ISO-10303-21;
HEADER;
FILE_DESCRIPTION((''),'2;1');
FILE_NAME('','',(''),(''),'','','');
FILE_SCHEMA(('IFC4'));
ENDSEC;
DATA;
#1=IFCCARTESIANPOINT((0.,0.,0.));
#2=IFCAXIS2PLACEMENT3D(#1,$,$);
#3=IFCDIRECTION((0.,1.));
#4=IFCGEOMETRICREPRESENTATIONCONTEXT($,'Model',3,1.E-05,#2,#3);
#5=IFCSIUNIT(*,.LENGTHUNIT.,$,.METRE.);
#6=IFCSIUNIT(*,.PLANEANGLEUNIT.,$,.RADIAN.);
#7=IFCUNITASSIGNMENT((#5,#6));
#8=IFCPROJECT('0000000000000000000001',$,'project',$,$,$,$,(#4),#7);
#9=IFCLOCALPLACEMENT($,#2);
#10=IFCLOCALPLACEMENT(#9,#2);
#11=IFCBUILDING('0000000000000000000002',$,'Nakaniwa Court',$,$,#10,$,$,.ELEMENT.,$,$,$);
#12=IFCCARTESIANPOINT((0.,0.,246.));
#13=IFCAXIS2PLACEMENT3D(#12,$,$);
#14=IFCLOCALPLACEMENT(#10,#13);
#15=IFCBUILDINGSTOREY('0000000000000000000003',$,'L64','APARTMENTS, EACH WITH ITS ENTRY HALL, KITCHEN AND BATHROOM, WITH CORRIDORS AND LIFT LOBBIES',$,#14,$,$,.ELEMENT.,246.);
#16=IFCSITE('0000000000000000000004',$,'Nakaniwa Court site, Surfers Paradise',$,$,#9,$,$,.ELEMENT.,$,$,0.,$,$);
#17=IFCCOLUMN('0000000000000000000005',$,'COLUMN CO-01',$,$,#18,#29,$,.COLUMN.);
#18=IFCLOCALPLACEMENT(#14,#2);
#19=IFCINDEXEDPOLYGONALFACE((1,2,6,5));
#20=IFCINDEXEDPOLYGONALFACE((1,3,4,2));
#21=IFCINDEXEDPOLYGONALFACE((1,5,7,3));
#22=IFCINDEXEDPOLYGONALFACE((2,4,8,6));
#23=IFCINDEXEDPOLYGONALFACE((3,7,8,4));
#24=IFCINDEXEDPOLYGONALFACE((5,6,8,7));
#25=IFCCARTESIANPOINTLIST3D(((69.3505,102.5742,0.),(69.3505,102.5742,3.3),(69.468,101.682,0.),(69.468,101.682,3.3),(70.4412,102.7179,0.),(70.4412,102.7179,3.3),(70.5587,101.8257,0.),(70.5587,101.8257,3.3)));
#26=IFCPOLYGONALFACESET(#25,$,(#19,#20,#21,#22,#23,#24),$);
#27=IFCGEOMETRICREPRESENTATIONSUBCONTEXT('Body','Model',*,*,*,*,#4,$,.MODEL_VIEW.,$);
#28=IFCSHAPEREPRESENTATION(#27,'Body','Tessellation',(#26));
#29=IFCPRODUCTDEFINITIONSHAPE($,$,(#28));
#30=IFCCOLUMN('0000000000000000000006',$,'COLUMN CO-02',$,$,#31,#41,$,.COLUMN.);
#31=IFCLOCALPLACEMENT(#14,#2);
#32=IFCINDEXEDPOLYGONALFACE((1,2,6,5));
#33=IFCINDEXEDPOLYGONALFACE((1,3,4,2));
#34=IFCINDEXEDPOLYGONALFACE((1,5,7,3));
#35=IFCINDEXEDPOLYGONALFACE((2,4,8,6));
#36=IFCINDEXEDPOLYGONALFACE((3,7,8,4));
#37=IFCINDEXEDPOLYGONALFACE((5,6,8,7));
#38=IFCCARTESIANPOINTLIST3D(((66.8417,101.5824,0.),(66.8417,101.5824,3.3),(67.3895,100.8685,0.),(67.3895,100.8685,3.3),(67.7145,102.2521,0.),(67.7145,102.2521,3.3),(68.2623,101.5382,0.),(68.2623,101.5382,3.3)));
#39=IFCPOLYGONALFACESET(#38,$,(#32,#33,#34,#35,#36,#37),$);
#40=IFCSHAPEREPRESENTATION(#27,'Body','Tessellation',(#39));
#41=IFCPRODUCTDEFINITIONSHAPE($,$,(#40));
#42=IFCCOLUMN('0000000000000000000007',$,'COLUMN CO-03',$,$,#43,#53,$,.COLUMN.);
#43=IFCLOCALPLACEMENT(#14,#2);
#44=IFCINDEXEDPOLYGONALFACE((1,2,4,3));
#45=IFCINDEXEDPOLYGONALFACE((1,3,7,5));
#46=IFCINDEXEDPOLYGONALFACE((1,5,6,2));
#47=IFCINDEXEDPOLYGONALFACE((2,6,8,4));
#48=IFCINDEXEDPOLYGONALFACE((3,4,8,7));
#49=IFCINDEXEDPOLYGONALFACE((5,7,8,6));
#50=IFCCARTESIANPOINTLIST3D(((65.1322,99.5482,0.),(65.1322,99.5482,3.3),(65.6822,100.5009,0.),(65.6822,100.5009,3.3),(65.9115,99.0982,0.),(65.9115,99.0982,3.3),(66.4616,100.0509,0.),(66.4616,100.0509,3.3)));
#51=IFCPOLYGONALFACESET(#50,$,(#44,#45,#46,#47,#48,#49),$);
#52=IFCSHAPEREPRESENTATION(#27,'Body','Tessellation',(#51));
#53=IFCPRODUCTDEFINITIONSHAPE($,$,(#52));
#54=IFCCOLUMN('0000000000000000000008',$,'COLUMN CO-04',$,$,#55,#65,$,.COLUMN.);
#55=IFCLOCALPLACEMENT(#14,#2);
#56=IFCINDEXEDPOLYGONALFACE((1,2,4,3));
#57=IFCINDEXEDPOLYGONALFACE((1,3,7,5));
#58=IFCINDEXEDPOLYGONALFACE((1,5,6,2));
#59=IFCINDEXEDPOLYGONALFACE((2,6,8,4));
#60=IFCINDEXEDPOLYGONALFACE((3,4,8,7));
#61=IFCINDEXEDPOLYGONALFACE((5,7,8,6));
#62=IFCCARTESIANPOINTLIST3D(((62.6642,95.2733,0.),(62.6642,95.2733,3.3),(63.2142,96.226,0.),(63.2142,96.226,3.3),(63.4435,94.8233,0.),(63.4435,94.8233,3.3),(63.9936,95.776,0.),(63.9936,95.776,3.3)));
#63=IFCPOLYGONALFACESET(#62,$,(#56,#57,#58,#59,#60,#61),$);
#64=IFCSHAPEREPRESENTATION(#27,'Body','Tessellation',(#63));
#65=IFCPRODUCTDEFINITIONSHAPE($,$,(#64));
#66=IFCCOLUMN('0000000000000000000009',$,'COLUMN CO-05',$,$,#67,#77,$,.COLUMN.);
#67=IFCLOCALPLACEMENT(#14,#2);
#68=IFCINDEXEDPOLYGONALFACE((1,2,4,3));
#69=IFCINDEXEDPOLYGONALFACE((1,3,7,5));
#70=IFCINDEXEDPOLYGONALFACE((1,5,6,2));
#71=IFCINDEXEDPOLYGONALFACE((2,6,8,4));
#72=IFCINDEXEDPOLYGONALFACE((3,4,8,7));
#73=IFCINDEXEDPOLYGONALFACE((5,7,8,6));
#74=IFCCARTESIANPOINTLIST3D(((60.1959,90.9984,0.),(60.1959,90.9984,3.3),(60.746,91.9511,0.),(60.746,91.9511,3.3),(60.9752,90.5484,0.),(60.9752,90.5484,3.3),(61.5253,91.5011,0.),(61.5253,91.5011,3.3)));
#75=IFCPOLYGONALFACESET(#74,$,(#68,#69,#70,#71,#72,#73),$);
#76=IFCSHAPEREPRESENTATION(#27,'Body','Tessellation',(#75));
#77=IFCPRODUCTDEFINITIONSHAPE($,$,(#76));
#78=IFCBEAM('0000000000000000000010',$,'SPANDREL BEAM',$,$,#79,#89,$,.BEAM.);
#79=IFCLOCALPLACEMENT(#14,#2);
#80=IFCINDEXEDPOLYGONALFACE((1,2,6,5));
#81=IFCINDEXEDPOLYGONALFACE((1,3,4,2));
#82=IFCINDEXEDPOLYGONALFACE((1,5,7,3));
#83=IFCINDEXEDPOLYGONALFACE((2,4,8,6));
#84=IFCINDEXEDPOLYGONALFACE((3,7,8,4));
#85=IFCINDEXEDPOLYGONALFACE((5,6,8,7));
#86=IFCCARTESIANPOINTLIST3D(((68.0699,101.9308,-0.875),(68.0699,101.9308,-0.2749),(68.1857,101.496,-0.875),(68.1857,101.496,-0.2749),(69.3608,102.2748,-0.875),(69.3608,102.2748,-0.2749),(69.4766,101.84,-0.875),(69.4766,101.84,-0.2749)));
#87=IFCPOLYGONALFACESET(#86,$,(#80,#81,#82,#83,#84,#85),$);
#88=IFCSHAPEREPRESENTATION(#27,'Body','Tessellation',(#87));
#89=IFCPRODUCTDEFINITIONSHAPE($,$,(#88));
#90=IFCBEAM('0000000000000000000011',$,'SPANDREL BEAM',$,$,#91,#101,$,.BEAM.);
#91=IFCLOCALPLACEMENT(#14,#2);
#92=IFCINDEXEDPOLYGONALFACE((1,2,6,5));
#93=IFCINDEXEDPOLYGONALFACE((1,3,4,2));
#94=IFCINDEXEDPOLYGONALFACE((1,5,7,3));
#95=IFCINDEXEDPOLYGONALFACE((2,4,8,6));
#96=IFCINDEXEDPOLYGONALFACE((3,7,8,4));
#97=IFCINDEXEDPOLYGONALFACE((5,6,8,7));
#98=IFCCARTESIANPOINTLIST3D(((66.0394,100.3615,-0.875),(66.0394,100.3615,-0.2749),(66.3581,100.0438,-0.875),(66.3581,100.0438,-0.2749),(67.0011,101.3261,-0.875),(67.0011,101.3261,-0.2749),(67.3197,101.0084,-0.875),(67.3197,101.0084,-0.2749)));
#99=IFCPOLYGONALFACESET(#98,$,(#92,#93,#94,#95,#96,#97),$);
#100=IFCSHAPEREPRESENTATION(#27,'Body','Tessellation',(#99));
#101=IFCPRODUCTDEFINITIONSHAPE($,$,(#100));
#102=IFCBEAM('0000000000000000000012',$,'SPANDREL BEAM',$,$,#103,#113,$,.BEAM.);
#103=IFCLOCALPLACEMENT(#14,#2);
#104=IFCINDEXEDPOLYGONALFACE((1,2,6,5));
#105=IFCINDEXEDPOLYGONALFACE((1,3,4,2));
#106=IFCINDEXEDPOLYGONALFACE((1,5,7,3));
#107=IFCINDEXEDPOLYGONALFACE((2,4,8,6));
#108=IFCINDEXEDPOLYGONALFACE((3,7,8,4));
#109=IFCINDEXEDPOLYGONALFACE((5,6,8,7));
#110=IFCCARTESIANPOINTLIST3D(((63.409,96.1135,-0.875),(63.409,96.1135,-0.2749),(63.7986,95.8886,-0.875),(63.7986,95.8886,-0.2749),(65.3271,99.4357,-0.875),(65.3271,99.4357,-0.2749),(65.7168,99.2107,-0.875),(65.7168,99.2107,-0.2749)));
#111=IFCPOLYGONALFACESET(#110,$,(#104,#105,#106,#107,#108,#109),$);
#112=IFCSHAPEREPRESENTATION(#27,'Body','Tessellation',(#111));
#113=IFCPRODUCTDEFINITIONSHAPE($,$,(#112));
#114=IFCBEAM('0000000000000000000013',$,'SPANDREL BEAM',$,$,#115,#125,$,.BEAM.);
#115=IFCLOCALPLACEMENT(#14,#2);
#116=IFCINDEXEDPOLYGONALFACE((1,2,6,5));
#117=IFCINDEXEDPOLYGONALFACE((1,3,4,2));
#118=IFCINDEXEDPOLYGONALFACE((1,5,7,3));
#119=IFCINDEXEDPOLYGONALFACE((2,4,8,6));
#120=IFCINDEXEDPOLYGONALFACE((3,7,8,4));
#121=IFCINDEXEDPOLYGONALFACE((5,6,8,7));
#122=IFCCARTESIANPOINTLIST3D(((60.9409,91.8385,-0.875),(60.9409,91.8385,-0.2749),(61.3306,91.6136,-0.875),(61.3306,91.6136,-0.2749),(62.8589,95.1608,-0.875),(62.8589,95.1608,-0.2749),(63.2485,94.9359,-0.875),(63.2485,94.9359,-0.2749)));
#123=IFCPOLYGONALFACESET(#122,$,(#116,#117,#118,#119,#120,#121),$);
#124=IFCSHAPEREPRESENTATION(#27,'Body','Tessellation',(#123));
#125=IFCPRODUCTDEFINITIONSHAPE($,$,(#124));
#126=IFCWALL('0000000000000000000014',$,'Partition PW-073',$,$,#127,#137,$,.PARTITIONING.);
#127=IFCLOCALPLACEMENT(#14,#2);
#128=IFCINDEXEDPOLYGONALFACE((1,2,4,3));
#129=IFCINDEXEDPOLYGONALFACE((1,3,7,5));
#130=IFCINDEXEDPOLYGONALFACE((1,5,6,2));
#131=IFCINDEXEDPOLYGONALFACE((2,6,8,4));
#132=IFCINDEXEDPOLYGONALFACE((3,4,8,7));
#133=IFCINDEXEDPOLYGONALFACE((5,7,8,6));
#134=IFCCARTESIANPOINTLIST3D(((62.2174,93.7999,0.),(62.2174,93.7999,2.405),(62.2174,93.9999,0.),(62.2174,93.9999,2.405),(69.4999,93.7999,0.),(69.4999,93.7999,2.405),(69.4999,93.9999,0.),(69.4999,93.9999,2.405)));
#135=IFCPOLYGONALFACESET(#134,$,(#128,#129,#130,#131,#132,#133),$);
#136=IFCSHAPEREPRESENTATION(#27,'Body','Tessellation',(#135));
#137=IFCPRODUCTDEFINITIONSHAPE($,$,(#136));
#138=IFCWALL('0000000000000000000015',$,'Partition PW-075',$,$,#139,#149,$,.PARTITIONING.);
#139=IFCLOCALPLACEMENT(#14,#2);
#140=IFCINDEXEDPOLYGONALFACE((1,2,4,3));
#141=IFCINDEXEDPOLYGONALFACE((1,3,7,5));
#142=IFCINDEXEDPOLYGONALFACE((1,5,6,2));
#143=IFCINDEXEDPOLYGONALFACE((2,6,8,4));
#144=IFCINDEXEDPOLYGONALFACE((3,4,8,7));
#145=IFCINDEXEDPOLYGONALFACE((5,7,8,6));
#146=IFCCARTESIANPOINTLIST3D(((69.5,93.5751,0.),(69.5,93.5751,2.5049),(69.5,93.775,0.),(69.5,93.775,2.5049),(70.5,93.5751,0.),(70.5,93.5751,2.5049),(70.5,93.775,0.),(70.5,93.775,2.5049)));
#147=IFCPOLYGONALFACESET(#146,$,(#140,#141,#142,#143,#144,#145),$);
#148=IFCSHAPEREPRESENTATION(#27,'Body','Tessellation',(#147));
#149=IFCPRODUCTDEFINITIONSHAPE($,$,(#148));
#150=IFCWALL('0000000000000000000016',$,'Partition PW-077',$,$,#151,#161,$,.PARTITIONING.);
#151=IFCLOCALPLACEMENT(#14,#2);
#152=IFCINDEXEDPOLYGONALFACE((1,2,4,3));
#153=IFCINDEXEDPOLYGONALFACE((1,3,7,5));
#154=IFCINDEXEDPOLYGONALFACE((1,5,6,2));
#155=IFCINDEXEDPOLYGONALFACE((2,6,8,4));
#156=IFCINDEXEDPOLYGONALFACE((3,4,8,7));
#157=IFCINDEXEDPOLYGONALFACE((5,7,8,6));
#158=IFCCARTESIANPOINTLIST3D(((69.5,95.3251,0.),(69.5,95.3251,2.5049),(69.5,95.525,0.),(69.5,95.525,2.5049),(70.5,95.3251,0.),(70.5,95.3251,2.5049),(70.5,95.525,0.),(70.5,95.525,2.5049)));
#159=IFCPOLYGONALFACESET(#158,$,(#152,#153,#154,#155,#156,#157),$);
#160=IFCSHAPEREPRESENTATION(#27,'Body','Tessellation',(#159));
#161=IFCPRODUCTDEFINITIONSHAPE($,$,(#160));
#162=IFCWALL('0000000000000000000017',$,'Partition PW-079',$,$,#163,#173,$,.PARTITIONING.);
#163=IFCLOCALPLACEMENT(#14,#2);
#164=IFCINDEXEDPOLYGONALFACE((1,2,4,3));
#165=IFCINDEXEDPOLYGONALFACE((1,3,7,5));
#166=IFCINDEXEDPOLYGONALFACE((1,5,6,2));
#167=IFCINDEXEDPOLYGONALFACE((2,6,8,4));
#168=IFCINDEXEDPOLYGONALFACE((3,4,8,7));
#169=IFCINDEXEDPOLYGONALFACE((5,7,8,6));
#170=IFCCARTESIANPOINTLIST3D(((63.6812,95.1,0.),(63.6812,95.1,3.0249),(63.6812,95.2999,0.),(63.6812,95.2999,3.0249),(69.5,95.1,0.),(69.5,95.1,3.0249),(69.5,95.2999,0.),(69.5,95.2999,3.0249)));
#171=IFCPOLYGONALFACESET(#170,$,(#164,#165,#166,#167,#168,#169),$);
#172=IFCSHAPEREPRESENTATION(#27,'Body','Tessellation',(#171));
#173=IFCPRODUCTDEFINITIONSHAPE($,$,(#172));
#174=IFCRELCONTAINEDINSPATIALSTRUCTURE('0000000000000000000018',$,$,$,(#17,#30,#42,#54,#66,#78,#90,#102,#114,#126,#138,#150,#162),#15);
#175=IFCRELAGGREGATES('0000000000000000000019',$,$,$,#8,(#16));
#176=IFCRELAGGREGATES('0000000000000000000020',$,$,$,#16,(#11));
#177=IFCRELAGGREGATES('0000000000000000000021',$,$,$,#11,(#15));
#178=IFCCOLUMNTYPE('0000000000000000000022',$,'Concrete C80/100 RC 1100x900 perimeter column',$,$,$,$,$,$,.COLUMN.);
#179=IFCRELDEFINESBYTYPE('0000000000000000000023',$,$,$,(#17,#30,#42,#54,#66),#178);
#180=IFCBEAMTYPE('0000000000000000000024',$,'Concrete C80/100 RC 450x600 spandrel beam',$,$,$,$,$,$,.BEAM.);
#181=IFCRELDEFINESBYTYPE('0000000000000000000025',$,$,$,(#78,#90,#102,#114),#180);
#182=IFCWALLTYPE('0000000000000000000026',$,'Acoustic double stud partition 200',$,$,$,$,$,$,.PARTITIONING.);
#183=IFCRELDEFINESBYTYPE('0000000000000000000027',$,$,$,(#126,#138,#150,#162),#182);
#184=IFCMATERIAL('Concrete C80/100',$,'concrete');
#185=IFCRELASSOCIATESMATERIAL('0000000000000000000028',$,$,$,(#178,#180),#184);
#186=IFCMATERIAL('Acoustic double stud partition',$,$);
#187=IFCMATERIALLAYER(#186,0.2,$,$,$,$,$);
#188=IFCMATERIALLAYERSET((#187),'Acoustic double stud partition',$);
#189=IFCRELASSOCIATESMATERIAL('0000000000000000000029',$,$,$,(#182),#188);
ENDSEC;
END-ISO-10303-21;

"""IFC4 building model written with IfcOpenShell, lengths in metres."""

from ifc_helpers import new_model, si_unit, direction, frame, frame_2d, origin, origin_2d, place, context, subcontext, project, spatial, rectangle, extrude, material, layer, layer_set, material_profile, profile_set, type_object, element, save


model = new_model("IFC4")

# Units and contexts
model_context = context("Model", 3, precision=1e-05, world=origin(), true_north=direction((0.0, 1.0)))
body_context = subcontext(model_context, "Body", "Model", "MODEL_VIEW")
ifc_project = project(units=[si_unit("LENGTHUNIT", "METRE"), si_unit("PLANEANGLEUNIT", "RADIAN")], contexts=[model_context])

# Site, building, storey
site_placement = place(None, origin())
site = spatial("IfcSite", under=ifc_project, at=site_placement, Name="Nakaniwa Court site, Surfers Paradise", CompositionType="ELEMENT", RefElevation=0.0)
building_placement = place(site_placement, origin())
building = spatial("IfcBuilding", under=site, at=building_placement, Name="Nakaniwa Court", CompositionType="ELEMENT")
storey_placement = place(building_placement, frame((0.0, 0.0, 246.0)))
storey = spatial("IfcBuildingStorey", under=building, at=storey_placement, Name="L64", Description="APARTMENTS, EACH WITH ITS ENTRY HALL, KITCHEN AND BATHROOM, WITH CORRIDORS AND LIFT LOBBIES", CompositionType="ELEMENT", Elevation=246.0)

# Columns
ifc_material_1 = material(Name="Concrete C80/100", Category="concrete")
ifc_material_profile_1 = material_profile(ifc_material_1, rectangle(XDim=1.1001, YDim=0.8999, at=origin_2d()), Name="Concrete C80/100 RC 1100x900 perimeter column")
ifc_profile_set_1 = profile_set([ifc_material_profile_1], Name="Concrete C80/100")
column_type = type_object("IfcColumnType", Name="Concrete C80/100 RC 1100x900 perimeter column", PredefinedType="COLUMN", material=ifc_profile_set_1)
for number, where, z_axis, x_axis, name in (
    (1, (69.9546, 102.2, 0.0), (0.0, 0.0, 1.0), (-0.991443, -0.130543, 0.0), "COLUMN CO-01"),
    (2, (67.552, 101.5603, 0.0), (0.0, 0.0, 1.0), (-0.793364, -0.608748, 0.0), "COLUMN CO-02"),
    (3, (65.7969, 99.7996, 0.0), (0.0, 0.0, 1.0), (-0.5, -0.866025, 0.0), "COLUMN CO-03"),
    (4, (63.3289, 95.5247, 0.0), (0.0, 0.0, 1.0), (-0.5, -0.866025, 0.0), "COLUMN CO-04"),
    (5, (60.8606, 91.2498, 0.0), (0.0, 0.0, 1.0), (-0.5, -0.866025, 0.0), "COLUMN CO-05"),
):
    element("IfcColumn", number, at=place(storey_placement, frame(where, z_axis=z_axis, x_axis=x_axis)), inside=storey, type_object=column_type, Name=name, PredefinedType="COLUMN", context=body_context, shape_type="SweptSolid", body=[
        extrude(rectangle(XDim=1.1001, YDim=0.8999, at=origin_2d()), origin(), (0.0, 0.0, 1.0), 3.3),
    ])

# Beams
ifc_material_profile_2 = material_profile(ifc_material_1, rectangle(XDim=0.45, YDim=0.6001, at=origin_2d()), Name="Concrete C80/100 RC 450x600 spandrel beam")
ifc_profile_set_2 = profile_set([ifc_material_profile_2], Name="Concrete C80/100")
beam_type = type_object("IfcBeamType", Name="Concrete C80/100 RC 450x600 spandrel beam", PredefinedType="BEAM", material=ifc_profile_set_2)
beam_1_placement = place(storey_placement, frame((69.4187, 102.0574, -0.575), z_axis=(-0.966286, -0.257469, 0.0), x_axis=(0.257469, -0.966286, 0.0)))
element("IfcBeam", 6, at=beam_1_placement, inside=storey, type_object=beam_type, Name="SPANDREL BEAM", PredefinedType="BEAM", context=body_context, shape_type="SweptSolid", body=[
    extrude(rectangle(XDim=0.45, YDim=0.6001, at=origin_2d()), origin(), (0.0, 0.0, 1.0), 1.3359),
])
beam_2_placement = place(storey_placement, frame((67.1604, 101.1672, -0.575), z_axis=(-0.706031, -0.708181, 0.0), x_axis=(0.708181, -0.706031, 0.0)))
element("IfcBeam", 7, at=beam_2_placement, inside=storey, type_object=beam_type, Name="SPANDREL BEAM", PredefinedType="BEAM", context=body_context, shape_type="SweptSolid", body=[
    extrude(rectangle(XDim=0.45, YDim=0.6001, at=origin_2d()), origin(), (0.0, 0.0, 1.0), 1.3621),
])
for number, where, z_axis, x_axis, name in (
    (8, (65.522, 99.3232, -0.575), (-0.50002, -0.866014, 0.0), (0.866014, -0.50002, 0.0), "SPANDREL BEAM"),
    (9, (63.0537, 95.0483, -0.575), (-0.499972, -0.866041, 0.0), (0.866041, -0.499972, 0.0), "SPANDREL BEAM"),
):
    element("IfcBeam", number, at=place(storey_placement, frame(where, z_axis=z_axis, x_axis=x_axis)), inside=storey, type_object=beam_type, Name=name, PredefinedType="BEAM", context=body_context, shape_type="SweptSolid", body=[
        extrude(rectangle(XDim=0.45, YDim=0.6001, at=origin_2d()), origin(), (0.0, 0.0, 1.0), 3.8362),
    ])

# Walls
ifc_material_2 = material(Name="Acoustic double stud partition")
ifc_layer_1 = layer(ifc_material_2, 0.2)
ifc_layer_set_1 = layer_set([ifc_layer_1], Name="Acoustic double stud partition")
wall_type_1 = type_object("IfcWallType", Name="Acoustic double stud partition 200", PredefinedType="PARTITIONING", material=ifc_layer_set_1)
wall_1_placement = place(storey_placement, frame((62.2175, 93.8999, 0.0), z_axis=(0.0, 0.0, 1.0), x_axis=(1.0, 0.0, 0.0)))
element("IfcWall", 10, at=wall_1_placement, inside=storey, type_object=wall_type_1, Name="Partition PW-073", PredefinedType="PARTITIONING", context=body_context, shape_type="SweptSolid", body=[
    extrude(rectangle(XDim=7.2825, YDim=0.2, at=frame_2d((3.6411, 0.0))), origin(), (0.0, 0.0, 1.0), 2.405),
])
for number, where, z_axis, x_axis, name in (
    (11, (69.5, 93.675, 0.0), (0.0, 0.0, 1.0), (1.0, 0.0, 0.0), "Partition PW-075"),
    (12, (69.5, 95.425, 0.0), (0.0, 0.0, 1.0), (1.0, 0.0, 0.0), "Partition PW-077"),
):
    element("IfcWall", number, at=place(storey_placement, frame(where, z_axis=z_axis, x_axis=x_axis)), inside=storey, type_object=wall_type_1, Name=name, PredefinedType="PARTITIONING", context=body_context, shape_type="SweptSolid", body=[
        extrude(rectangle(XDim=1.0, YDim=0.2, at=frame_2d((0.5, 0.0))), origin(), (0.0, 0.0, 1.0), 2.5049),
    ])
wall_2_placement = place(storey_placement, frame((63.6812, 95.2, 0.0), z_axis=(0.0, 0.0, 1.0), x_axis=(1.0, 0.0, 0.0)))
element("IfcWall", 13, at=wall_2_placement, inside=storey, type_object=wall_type_1, Name="Partition PW-079", PredefinedType="PARTITIONING", context=body_context, shape_type="SweptSolid", body=[
    extrude(rectangle(XDim=5.8188, YDim=0.2, at=frame_2d((2.9094, 0.0))), origin(), (0.0, 0.0, 1.0), 3.0249),
])

save(model, "model.ifc")
